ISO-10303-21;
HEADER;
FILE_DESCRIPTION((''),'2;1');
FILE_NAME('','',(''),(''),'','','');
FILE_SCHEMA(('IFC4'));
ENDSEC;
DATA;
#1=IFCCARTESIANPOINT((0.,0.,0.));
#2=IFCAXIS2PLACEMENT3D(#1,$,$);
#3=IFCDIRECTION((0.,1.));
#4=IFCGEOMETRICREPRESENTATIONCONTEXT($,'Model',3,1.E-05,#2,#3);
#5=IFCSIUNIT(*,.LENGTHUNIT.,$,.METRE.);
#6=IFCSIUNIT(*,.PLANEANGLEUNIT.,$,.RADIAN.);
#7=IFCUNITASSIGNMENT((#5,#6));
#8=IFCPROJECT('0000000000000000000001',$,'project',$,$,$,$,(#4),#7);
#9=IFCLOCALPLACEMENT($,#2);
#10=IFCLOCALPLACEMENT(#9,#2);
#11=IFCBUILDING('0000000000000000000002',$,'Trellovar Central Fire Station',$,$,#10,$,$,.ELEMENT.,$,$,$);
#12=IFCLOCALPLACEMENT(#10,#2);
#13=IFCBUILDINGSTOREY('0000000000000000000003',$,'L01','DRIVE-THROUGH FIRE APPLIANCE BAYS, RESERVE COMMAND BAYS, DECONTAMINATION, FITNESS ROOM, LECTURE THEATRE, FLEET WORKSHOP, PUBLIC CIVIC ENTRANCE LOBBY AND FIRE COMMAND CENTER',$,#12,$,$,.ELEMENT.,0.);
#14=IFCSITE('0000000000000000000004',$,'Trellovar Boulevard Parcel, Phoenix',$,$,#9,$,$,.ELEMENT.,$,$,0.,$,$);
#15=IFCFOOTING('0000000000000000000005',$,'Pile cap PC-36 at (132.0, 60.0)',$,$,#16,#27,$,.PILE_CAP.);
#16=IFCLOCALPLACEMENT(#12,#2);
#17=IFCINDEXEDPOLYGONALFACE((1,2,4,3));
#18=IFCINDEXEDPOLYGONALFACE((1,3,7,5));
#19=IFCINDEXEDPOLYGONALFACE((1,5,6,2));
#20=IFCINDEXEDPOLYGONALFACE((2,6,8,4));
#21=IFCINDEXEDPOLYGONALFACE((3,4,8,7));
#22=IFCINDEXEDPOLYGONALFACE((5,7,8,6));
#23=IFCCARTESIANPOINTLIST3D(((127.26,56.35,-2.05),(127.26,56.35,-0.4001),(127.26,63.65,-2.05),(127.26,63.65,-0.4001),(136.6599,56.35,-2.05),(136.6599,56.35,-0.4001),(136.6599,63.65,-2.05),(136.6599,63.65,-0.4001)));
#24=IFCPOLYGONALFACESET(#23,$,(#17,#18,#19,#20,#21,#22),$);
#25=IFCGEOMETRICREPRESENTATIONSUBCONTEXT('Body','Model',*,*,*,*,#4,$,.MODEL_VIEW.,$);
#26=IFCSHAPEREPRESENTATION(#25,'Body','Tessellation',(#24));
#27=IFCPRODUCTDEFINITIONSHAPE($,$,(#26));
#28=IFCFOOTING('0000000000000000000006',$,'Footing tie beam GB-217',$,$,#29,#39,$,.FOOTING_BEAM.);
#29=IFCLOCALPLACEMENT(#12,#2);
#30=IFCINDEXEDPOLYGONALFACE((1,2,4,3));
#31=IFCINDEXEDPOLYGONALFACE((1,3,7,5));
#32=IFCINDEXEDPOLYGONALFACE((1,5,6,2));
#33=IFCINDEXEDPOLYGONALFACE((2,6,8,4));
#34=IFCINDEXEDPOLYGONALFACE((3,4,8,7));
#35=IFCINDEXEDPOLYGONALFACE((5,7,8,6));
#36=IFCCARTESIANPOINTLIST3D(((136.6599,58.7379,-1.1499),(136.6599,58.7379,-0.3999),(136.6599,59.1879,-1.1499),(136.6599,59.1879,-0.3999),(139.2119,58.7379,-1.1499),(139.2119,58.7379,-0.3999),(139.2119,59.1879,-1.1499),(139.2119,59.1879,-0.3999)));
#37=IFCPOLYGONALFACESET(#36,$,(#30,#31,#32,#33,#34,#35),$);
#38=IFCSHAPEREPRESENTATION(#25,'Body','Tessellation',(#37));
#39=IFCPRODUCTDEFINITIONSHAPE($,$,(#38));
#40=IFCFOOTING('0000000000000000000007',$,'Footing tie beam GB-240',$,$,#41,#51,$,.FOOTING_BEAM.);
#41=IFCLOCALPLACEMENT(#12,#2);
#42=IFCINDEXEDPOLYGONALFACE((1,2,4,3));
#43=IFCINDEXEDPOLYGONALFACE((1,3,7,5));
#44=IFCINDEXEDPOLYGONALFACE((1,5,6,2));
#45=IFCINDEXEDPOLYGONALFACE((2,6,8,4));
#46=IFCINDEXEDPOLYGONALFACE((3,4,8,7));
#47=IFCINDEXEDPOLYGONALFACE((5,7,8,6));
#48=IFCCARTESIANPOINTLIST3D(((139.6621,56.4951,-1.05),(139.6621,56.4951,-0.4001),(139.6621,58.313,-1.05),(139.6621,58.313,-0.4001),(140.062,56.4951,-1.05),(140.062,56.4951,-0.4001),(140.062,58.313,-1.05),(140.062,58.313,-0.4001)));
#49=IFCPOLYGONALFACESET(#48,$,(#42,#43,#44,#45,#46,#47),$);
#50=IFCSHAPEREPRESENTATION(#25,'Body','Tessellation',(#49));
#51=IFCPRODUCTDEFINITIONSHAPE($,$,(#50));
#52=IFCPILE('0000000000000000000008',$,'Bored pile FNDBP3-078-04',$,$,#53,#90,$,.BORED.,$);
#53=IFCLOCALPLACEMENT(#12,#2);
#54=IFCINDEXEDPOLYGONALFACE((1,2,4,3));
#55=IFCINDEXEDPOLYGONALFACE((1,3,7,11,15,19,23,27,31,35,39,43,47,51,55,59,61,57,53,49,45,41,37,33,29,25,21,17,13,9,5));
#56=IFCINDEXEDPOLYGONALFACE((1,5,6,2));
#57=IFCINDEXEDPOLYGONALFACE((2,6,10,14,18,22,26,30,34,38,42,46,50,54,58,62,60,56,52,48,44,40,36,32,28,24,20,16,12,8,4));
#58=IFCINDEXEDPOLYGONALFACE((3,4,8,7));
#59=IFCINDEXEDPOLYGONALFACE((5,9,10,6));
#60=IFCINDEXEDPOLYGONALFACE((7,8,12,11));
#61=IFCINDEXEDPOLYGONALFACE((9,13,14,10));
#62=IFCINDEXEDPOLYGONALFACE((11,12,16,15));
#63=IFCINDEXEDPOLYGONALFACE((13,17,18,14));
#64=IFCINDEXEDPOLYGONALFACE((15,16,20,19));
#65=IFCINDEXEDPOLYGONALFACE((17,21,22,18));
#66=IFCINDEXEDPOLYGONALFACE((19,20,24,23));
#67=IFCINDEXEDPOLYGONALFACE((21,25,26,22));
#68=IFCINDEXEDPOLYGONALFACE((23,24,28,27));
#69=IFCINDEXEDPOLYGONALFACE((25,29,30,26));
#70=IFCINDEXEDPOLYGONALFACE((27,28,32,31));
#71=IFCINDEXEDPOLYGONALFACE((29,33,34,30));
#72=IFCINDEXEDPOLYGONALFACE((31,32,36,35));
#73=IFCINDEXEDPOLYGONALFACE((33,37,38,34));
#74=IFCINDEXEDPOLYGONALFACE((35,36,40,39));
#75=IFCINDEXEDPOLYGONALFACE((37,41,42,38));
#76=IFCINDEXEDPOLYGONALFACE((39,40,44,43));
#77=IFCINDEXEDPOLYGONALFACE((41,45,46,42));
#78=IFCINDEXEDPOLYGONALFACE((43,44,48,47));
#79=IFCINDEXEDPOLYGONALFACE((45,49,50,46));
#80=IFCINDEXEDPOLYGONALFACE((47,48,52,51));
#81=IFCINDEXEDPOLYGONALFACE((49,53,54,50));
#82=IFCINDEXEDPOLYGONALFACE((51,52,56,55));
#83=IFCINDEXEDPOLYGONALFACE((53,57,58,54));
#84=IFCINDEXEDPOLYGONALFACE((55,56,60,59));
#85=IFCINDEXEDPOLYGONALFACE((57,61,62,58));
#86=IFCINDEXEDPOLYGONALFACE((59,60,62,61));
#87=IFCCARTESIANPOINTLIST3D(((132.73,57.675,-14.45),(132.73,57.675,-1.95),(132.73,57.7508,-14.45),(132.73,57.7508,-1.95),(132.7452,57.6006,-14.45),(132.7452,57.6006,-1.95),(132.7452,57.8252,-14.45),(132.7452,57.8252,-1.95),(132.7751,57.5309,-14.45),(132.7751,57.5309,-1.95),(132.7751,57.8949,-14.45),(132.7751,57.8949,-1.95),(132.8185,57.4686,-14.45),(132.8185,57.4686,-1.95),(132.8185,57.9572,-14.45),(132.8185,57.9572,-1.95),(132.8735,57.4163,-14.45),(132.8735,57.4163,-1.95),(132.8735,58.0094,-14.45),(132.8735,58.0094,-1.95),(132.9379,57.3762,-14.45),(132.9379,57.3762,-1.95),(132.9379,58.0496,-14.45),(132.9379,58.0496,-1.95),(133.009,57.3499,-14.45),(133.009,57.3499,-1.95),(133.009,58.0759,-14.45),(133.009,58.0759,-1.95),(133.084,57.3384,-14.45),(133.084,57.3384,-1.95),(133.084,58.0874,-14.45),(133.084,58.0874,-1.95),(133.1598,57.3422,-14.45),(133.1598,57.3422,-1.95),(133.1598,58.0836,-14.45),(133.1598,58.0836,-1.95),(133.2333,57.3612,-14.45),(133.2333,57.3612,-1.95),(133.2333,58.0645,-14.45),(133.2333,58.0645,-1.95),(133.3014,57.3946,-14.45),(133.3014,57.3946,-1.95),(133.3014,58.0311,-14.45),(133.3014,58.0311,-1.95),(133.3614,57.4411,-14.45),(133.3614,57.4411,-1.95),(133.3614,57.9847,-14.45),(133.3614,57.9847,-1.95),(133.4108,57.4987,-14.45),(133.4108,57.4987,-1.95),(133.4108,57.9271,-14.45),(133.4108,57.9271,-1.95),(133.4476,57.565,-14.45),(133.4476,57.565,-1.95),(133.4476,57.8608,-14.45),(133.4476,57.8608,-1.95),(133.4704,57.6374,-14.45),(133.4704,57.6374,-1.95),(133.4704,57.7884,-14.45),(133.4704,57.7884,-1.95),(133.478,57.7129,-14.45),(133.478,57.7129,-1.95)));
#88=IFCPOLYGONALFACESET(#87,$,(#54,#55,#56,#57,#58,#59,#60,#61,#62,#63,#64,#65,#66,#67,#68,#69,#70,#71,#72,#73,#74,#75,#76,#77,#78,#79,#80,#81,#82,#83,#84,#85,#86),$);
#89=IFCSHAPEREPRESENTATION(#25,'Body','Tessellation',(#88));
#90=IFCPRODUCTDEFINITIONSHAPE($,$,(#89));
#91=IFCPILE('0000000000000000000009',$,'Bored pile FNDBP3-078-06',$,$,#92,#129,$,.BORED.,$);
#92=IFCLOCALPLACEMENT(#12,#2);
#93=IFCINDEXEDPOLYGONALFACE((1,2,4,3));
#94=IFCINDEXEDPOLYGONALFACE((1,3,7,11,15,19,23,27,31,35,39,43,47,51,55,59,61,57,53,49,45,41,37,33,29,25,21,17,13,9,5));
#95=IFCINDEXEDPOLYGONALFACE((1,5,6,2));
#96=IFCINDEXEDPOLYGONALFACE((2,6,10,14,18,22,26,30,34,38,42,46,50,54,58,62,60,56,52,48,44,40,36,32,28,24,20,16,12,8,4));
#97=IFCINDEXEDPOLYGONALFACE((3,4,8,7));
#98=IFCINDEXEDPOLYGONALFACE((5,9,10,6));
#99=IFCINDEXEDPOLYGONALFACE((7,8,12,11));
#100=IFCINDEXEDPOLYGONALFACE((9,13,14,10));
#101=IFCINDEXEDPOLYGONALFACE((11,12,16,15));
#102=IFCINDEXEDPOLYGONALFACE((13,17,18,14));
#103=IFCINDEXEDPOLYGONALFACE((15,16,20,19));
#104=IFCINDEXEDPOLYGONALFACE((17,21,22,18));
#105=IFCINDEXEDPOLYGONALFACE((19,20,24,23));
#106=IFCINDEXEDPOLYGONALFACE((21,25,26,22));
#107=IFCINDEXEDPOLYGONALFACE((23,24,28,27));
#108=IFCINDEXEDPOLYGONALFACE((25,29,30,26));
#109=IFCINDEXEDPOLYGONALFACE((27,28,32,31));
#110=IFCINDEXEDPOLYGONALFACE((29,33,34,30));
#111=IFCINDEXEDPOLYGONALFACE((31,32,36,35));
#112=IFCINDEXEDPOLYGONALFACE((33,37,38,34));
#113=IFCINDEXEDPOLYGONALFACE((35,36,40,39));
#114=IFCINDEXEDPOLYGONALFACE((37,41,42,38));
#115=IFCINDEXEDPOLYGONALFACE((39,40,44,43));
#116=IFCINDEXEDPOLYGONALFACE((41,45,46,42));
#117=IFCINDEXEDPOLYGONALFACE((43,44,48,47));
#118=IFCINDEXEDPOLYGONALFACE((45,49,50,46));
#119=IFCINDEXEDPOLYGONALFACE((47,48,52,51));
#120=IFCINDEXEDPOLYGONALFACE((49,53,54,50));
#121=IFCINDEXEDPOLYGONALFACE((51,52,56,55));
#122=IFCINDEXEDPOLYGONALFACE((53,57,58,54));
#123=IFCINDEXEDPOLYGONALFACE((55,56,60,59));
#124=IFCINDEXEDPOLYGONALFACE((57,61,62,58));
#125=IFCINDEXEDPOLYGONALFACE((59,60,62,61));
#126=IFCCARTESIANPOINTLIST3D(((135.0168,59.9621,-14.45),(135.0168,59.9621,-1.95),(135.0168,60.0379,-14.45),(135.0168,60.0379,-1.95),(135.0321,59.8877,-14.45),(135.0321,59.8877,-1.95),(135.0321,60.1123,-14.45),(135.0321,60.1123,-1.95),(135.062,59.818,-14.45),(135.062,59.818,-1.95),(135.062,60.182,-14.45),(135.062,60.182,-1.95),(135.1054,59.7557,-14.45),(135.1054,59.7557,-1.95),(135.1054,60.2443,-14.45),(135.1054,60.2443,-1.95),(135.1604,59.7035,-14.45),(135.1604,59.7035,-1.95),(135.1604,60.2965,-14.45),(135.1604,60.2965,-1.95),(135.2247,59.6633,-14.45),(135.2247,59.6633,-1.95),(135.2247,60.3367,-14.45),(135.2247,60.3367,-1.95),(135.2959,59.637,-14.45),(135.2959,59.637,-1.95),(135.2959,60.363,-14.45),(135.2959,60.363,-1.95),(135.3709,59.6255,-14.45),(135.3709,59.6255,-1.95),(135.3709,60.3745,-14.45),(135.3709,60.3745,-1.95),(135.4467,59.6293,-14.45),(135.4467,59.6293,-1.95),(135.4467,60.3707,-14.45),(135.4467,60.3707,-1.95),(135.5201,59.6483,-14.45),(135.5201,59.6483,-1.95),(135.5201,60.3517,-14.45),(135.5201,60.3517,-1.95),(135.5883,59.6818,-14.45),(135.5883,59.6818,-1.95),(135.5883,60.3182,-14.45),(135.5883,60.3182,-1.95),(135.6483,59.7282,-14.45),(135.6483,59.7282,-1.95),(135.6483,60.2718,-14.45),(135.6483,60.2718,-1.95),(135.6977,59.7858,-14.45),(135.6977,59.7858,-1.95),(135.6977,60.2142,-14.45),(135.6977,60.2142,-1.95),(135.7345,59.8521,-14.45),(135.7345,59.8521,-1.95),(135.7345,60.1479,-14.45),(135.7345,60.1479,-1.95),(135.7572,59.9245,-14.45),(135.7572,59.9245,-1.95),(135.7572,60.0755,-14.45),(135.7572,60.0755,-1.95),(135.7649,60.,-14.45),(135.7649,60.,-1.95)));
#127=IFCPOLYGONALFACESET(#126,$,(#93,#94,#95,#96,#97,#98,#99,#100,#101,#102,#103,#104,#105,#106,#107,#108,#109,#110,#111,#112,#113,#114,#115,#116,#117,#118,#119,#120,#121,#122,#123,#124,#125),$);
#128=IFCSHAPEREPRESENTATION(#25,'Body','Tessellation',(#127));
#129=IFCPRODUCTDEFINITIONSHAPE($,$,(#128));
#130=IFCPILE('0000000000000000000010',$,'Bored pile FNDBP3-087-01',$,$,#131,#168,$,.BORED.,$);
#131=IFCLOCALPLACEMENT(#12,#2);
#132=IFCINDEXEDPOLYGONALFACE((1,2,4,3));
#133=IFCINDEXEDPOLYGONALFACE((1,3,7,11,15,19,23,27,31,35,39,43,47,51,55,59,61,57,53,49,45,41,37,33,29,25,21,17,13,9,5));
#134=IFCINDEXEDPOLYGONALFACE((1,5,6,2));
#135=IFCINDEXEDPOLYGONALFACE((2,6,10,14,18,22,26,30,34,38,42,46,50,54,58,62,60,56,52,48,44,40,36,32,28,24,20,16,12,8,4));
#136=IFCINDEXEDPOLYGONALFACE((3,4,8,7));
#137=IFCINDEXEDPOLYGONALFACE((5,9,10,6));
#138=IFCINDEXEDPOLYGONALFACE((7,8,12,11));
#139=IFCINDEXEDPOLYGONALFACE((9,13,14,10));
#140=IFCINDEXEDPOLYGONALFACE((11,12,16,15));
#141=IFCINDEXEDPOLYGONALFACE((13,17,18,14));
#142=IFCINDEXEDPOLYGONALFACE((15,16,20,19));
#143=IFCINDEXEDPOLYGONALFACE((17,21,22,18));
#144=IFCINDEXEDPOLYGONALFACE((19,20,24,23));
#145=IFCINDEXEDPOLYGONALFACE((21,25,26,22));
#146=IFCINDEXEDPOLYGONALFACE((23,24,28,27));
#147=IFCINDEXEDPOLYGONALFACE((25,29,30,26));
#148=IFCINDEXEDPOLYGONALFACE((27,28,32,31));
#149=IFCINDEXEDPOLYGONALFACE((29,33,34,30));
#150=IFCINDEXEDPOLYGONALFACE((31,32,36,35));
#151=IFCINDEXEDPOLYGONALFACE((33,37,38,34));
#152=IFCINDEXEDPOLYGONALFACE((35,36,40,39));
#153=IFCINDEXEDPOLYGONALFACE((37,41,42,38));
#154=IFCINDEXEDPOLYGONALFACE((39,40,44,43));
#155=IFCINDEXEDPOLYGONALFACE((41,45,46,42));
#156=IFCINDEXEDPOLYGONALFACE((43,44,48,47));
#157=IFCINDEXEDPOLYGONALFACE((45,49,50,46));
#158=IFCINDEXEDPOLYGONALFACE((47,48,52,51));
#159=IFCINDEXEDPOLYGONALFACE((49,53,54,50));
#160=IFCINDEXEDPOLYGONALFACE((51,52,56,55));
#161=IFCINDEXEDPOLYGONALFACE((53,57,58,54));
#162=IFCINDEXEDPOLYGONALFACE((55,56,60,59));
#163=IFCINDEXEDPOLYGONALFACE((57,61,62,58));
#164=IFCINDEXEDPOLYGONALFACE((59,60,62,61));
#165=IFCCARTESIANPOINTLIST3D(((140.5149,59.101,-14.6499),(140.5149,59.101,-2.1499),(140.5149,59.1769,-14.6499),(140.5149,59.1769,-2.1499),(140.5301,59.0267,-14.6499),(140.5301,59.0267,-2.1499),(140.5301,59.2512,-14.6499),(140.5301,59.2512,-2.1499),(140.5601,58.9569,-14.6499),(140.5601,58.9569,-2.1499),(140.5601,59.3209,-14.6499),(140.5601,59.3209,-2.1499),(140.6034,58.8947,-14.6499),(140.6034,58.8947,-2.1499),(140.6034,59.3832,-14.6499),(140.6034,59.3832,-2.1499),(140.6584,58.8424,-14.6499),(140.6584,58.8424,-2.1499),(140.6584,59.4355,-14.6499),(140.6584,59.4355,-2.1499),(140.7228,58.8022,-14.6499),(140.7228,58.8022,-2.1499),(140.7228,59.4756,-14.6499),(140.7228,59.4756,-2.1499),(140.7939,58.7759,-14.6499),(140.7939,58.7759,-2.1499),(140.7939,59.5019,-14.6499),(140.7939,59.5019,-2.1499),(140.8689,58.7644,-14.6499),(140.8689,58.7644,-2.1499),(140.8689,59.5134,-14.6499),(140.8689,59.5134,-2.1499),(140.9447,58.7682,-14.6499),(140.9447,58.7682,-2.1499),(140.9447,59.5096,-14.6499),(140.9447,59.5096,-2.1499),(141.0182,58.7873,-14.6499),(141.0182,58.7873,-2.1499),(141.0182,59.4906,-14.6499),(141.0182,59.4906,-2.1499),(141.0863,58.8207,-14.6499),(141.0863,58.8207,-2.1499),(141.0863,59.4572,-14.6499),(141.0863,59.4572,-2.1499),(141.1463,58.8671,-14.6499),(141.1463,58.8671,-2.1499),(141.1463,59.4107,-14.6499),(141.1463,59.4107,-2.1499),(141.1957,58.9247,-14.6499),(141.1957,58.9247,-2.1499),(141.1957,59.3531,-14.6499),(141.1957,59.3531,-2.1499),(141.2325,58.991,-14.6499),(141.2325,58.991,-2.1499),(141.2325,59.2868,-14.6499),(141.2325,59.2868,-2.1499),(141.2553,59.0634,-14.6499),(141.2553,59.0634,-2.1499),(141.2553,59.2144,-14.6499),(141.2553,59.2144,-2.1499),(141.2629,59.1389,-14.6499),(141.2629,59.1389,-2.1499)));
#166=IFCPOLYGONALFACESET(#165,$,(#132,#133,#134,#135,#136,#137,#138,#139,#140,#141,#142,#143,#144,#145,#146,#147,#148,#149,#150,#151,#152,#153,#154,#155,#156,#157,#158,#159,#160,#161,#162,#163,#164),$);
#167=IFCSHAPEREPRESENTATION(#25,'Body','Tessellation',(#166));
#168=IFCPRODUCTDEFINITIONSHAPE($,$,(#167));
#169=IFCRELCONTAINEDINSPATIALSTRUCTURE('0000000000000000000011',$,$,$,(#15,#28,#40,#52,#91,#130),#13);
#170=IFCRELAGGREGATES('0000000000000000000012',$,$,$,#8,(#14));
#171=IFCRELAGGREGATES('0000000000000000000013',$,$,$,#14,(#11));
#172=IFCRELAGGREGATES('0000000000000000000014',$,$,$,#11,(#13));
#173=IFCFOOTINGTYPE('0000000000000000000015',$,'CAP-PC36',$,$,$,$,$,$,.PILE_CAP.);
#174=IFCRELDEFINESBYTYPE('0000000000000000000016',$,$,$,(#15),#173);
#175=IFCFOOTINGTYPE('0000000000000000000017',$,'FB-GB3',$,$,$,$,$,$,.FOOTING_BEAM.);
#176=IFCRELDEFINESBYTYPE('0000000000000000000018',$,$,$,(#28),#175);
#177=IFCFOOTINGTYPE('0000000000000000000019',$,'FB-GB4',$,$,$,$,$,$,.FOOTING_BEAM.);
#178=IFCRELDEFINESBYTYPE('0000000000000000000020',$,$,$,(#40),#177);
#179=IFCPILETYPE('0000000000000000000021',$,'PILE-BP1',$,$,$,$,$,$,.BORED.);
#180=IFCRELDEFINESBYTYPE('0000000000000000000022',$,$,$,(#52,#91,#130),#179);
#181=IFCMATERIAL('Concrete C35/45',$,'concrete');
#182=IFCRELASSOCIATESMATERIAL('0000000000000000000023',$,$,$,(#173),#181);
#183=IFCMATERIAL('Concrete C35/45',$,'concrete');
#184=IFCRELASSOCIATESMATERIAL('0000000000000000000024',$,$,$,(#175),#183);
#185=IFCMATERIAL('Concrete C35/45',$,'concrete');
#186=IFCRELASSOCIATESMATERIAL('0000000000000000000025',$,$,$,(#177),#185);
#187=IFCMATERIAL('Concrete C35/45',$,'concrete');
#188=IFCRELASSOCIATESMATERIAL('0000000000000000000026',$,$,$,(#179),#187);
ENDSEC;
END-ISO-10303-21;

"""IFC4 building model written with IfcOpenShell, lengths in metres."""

from ifc_helpers import new_model, si_unit, direction, frame, origin, origin_2d, place, context, subcontext, project, spatial, rectangle, circle, extrude, material, material_profile, profile_set, type_object, element, save


model = new_model("IFC4")

# Units and contexts
model_context = context("Model", 3, precision=1e-05, world=origin(), true_north=direction((0.0, 1.0)))
body_context = subcontext(model_context, "Body", "Model", "MODEL_VIEW")
ifc_project = project(units=[si_unit("LENGTHUNIT", "METRE"), si_unit("PLANEANGLEUNIT", "RADIAN")], contexts=[model_context])

# Site, building, storey
site_placement = place(None, origin())
site = spatial("IfcSite", under=ifc_project, at=site_placement, Name="Trellovar Boulevard Parcel, Phoenix", CompositionType="ELEMENT", RefElevation=0.0)
building_placement = place(site_placement, origin())
building = spatial("IfcBuilding", under=site, at=building_placement, Name="Trellovar Central Fire Station", CompositionType="ELEMENT")
storey_placement = place(building_placement, origin())
storey = spatial("IfcBuildingStorey", under=building, at=storey_placement, Name="L01", Description="DRIVE-THROUGH FIRE APPLIANCE BAYS, RESERVE COMMAND BAYS, DECONTAMINATION, FITNESS ROOM, LECTURE THEATRE, FLEET WORKSHOP, PUBLIC CIVIC ENTRANCE LOBBY AND FIRE COMMAND CENTER", CompositionType="ELEMENT", Elevation=0.0)

# Footings
ifc_material_1 = material(Name="Concrete C35/45", Category="concrete")
footing_type_1 = type_object("IfcFootingType", Name="CAP-PC36", PredefinedType="PILE_CAP", material=ifc_material_1)
footing_1_placement = place(storey_placement, frame((131.96, 60.0, -2.05), z_axis=(0.0, 0.0, 1.0), x_axis=(1.0, 0.0, 0.0)))
element("IfcFooting", 1, at=footing_1_placement, inside=storey, type_object=footing_type_1, Name="Pile cap PC-36 at (132.0, 60.0)", PredefinedType="PILE_CAP", context=body_context, shape_type="SweptSolid", body=[
    extrude(rectangle(XDim=9.3999, YDim=7.3, at=origin_2d()), origin(), (0.0, 0.0, 1.0), 1.6499),
])
ifc_material_2 = material(Name="Concrete C35/45", Category="concrete")
ifc_material_profile_1 = material_profile(ifc_material_2, rectangle(XDim=0.45, YDim=0.75, at=origin_2d()), Name="RC450X750")
ifc_profile_set_1 = profile_set([ifc_material_profile_1], Name="Concrete C35/45")
footing_type_2 = type_object("IfcFootingType", Name="FB-GB3", PredefinedType="FOOTING_BEAM", material=ifc_profile_set_1)
footing_2_placement = place(storey_placement, frame((136.6599, 58.9629, -0.7749), z_axis=(1.0, 0.0, 0.0), x_axis=(0.0, 1.0, 0.0)))
element("IfcFooting", 2, at=footing_2_placement, inside=storey, type_object=footing_type_2, Name="Footing tie beam GB-217", PredefinedType="FOOTING_BEAM", context=body_context, shape_type="SweptSolid", body=[
    extrude(rectangle(XDim=0.45, YDim=0.75, at=origin_2d()), origin(), (0.0, 0.0, 1.0), 2.552),
])
ifc_material_3 = material(Name="Concrete C35/45", Category="concrete")
ifc_material_profile_2 = material_profile(ifc_material_3, rectangle(XDim=0.3999, YDim=0.6499, at=origin_2d()), Name="RC400X650")
ifc_profile_set_2 = profile_set([ifc_material_profile_2], Name="Concrete C35/45")
footing_type_3 = type_object("IfcFootingType", Name="FB-GB4", PredefinedType="FOOTING_BEAM", material=ifc_profile_set_2)
footing_3_placement = place(storey_placement, frame((139.8621, 56.4951, -0.7251), z_axis=(0.0, 1.0, 0.0), x_axis=(-1.0, 0.0, 0.0)))
element("IfcFooting", 3, at=footing_3_placement, inside=storey, type_object=footing_type_3, Name="Footing tie beam GB-240", PredefinedType="FOOTING_BEAM", context=body_context, shape_type="SweptSolid", body=[
    extrude(rectangle(XDim=0.3999, YDim=0.6499, at=origin_2d()), origin(), (0.0, 0.0, 1.0), 1.8179),
])

# Piles
ifc_material_4 = material(Name="Concrete C35/45", Category="concrete")
ifc_material_profile_3 = material_profile(ifc_material_4, circle(Radius=0.375, at=origin_2d()), Name="PILE750")
ifc_profile_set_3 = profile_set([ifc_material_profile_3], Name="Concrete C35/45")
pile_type = type_object("IfcPileType", Name="PILE-BP1", PredefinedType="BORED", material=ifc_profile_set_3)
for number, where, z_axis, x_axis, name in (
    (4, (133.103, 57.7129, -1.95), (0.0, 0.0, -1.0), (1.0, 0.0, 0.0), "Bored pile FNDBP3-078-04"),
    (5, (135.3899, 60.0, -1.95), (0.0, 0.0, -1.0), (1.0, 0.0, 0.0), "Bored pile FNDBP3-078-06"),
    (6, (140.8879, 59.1389, -2.1499), (0.0, 0.0, -1.0), (1.0, 0.0, 0.0), "Bored pile FNDBP3-087-01"),
):
    element("IfcPile", number, at=place(storey_placement, frame(where, z_axis=z_axis, x_axis=x_axis)), inside=storey, type_object=pile_type, Name=name, PredefinedType="BORED", context=body_context, shape_type="SweptSolid", body=[
        extrude(circle(Radius=0.375, at=origin_2d()), origin(), (0.0, 0.0, 1.0), 12.5),
    ])

save(model, "model.ifc")
